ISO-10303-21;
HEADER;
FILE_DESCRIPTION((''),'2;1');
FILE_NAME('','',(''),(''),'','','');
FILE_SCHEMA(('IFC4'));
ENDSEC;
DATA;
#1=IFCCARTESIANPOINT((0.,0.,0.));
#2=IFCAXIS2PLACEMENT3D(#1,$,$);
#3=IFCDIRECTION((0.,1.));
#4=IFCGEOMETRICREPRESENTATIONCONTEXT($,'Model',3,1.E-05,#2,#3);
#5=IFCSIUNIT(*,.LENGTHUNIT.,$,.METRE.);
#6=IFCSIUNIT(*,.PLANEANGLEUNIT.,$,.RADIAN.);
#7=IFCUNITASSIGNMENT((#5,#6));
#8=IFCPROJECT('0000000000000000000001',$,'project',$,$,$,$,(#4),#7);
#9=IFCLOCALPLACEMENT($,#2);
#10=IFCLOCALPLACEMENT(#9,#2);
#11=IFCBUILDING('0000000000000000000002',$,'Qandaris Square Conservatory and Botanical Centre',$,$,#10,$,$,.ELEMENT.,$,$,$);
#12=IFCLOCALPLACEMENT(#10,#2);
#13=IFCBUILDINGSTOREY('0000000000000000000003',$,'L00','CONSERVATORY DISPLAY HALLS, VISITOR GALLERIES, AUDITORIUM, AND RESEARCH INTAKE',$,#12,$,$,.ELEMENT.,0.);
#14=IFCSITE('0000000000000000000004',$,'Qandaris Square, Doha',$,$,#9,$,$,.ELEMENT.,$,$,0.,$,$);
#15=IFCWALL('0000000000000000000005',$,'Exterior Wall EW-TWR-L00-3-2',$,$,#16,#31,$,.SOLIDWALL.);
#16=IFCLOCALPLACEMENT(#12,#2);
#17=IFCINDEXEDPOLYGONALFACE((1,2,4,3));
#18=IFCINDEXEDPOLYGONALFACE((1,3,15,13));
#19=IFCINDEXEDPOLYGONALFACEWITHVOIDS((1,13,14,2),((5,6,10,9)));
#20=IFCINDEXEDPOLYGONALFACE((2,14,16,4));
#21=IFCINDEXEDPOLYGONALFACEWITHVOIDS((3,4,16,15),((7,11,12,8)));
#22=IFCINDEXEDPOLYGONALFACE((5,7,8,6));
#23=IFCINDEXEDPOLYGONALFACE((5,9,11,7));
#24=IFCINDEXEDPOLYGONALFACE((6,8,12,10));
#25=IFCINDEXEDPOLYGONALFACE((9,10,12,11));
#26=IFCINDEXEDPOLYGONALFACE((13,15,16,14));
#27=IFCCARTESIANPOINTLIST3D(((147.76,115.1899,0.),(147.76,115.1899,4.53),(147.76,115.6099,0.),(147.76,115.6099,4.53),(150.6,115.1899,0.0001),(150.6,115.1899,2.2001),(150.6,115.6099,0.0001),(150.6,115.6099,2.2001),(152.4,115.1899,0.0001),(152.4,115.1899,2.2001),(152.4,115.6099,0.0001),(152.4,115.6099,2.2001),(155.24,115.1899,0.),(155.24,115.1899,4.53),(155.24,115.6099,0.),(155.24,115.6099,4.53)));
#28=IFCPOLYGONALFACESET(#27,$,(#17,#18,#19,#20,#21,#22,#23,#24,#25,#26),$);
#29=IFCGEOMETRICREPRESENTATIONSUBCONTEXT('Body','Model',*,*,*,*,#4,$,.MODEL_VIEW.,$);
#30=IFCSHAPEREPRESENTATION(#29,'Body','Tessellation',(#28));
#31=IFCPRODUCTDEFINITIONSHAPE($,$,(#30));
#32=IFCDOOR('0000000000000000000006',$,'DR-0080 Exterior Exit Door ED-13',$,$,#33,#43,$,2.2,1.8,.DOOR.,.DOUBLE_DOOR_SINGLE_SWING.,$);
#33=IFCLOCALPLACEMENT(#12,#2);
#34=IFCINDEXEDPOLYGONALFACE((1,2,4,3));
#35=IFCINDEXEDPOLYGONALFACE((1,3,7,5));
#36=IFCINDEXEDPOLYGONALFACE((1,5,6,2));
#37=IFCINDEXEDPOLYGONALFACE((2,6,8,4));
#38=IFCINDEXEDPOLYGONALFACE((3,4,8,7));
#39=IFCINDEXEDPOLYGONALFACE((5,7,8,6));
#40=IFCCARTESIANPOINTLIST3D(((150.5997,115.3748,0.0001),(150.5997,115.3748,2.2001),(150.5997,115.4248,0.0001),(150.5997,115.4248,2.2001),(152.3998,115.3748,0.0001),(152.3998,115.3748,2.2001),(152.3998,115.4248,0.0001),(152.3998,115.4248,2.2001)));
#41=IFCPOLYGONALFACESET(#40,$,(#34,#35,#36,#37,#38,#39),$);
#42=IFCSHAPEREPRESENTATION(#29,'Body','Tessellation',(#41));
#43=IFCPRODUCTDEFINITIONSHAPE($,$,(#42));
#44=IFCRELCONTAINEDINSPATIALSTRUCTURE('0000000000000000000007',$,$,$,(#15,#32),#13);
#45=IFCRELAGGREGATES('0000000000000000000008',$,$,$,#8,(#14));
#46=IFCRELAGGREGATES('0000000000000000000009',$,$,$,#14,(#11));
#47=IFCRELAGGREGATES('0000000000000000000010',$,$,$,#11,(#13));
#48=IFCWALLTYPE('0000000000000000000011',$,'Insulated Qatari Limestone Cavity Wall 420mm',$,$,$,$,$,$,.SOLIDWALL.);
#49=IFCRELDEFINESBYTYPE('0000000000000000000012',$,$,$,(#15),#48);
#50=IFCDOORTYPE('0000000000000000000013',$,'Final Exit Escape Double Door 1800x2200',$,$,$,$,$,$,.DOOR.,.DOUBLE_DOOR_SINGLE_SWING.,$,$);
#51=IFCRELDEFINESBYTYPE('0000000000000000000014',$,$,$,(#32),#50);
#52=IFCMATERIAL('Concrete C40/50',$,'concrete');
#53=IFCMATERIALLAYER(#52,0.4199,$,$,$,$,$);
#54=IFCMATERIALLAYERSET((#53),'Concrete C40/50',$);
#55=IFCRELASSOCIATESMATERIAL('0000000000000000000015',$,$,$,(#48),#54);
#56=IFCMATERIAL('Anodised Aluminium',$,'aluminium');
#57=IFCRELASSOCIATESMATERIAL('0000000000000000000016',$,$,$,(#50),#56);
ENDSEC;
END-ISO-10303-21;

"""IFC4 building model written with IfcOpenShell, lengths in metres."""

from ifc_helpers import new_model, si_unit, direction, frame, frame_2d, origin, place, context, subcontext, project, spatial, rectangle, extrude, material, layer, layer_set, type_object, element, fill, save


model = new_model("IFC4")

# Units and contexts
model_context = context("Model", 3, precision=1e-05, world=origin(), true_north=direction((0.0, 1.0)))
body_context = subcontext(model_context, "Body", "Model", "MODEL_VIEW")
ifc_project = project(units=[si_unit("LENGTHUNIT", "METRE"), si_unit("PLANEANGLEUNIT", "RADIAN")], contexts=[model_context])

# Site, building, storey
site_placement = place(None, origin())
site = spatial("IfcSite", under=ifc_project, at=site_placement, Name="Qandaris Square, Doha", CompositionType="ELEMENT", RefElevation=0.0)
building_placement = place(site_placement, origin())
building = spatial("IfcBuilding", under=site, at=building_placement, Name="Qandaris Square Conservatory and Botanical Centre", CompositionType="ELEMENT")
storey_placement = place(building_placement, origin())
storey = spatial("IfcBuildingStorey", under=building, at=storey_placement, Name="L00", Description="CONSERVATORY DISPLAY HALLS, VISITOR GALLERIES, AUDITORIUM, AND RESEARCH INTAKE", CompositionType="ELEMENT", Elevation=0.0)

# Shared definitions
ifc_material_1 = material(Name="Concrete C40/50", Category="concrete")

# Wall, opening, door
ifc_layer_1 = layer(ifc_material_1, 0.4199)
ifc_layer_set_1 = layer_set([ifc_layer_1], Name="Concrete C40/50")
wall_type_1 = type_object("IfcWallType", Name="Insulated Qatari Limestone Cavity Wall 420mm", PredefinedType="SOLIDWALL", material=ifc_layer_set_1)
wall_1_placement = place(storey_placement, frame((155.24, 115.3999, 0.0), z_axis=(0.0, 0.0, 1.0), x_axis=(-1.0, 0.0, 0.0)))
wall_1 = element("IfcWall", 1, at=wall_1_placement, inside=storey, type_object=wall_type_1, Name="Exterior Wall EW-TWR-L00-3-2", PredefinedType="SOLIDWALL", context=body_context, shape_type="SweptSolid", body=[
    extrude(rectangle(XDim=7.48, YDim=0.4199, at=frame_2d((3.74, 0.0))), origin(), (0.0, 0.0, 1.0), 4.53),
])
opening_1_placement = place(wall_1_placement, frame((2.8401, 0.0, 0.0)))
opening_1 = element("IfcOpeningElement", 2, at=opening_1_placement, cuts=wall_1, PredefinedType="OPENING", context=body_context, shape_type="SweptSolid", body=[
    extrude(rectangle(XDim=1.8, YDim=2.2, at=frame_2d((0.8999, 1.1001))), frame((0.0, 0.2219, 0.0), z_axis=(0.0, -1.0, 0.0), x_axis=(1.0, 0.0, 0.0)), (0.0, 0.0, 1.0), 0.4438),
])
ifc_material_2 = material(Name="Anodised Aluminium", Category="aluminium")
door_type_1 = type_object("IfcDoorType", Name="Final Exit Escape Double Door 1800x2200", OperationType="DOUBLE_DOOR_SINGLE_SWING", PredefinedType="DOOR", material=ifc_material_2)
door_1_placement = place(opening_1_placement, frame((1.8, 0.0, 0.0), z_axis=(0.0, 0.0, 1.0), x_axis=(-1.0, 0.0, 0.0)))
door_1 = element("IfcDoor", 3, at=door_1_placement, inside=storey, type_object=door_type_1, Name="DR-0080 Exterior Exit Door ED-13", OperationType="DOUBLE_DOOR_SINGLE_SWING", OverallHeight=2.2, OverallWidth=1.8, PredefinedType="DOOR", context=body_context, shape_type="SweptSolid", body=[
    extrude(rectangle(XDim=1.8, YDim=2.2, at=frame_2d((0.8999, 1.1001))), frame((0.0, 0.0249, 0.0), z_axis=(0.0, -1.0, 0.0), x_axis=(1.0, 0.0, 0.0)), (0.0, 0.0, 1.0), 0.05),
])
fill(opening_1, door_1)

save(model, "model.ifc")
